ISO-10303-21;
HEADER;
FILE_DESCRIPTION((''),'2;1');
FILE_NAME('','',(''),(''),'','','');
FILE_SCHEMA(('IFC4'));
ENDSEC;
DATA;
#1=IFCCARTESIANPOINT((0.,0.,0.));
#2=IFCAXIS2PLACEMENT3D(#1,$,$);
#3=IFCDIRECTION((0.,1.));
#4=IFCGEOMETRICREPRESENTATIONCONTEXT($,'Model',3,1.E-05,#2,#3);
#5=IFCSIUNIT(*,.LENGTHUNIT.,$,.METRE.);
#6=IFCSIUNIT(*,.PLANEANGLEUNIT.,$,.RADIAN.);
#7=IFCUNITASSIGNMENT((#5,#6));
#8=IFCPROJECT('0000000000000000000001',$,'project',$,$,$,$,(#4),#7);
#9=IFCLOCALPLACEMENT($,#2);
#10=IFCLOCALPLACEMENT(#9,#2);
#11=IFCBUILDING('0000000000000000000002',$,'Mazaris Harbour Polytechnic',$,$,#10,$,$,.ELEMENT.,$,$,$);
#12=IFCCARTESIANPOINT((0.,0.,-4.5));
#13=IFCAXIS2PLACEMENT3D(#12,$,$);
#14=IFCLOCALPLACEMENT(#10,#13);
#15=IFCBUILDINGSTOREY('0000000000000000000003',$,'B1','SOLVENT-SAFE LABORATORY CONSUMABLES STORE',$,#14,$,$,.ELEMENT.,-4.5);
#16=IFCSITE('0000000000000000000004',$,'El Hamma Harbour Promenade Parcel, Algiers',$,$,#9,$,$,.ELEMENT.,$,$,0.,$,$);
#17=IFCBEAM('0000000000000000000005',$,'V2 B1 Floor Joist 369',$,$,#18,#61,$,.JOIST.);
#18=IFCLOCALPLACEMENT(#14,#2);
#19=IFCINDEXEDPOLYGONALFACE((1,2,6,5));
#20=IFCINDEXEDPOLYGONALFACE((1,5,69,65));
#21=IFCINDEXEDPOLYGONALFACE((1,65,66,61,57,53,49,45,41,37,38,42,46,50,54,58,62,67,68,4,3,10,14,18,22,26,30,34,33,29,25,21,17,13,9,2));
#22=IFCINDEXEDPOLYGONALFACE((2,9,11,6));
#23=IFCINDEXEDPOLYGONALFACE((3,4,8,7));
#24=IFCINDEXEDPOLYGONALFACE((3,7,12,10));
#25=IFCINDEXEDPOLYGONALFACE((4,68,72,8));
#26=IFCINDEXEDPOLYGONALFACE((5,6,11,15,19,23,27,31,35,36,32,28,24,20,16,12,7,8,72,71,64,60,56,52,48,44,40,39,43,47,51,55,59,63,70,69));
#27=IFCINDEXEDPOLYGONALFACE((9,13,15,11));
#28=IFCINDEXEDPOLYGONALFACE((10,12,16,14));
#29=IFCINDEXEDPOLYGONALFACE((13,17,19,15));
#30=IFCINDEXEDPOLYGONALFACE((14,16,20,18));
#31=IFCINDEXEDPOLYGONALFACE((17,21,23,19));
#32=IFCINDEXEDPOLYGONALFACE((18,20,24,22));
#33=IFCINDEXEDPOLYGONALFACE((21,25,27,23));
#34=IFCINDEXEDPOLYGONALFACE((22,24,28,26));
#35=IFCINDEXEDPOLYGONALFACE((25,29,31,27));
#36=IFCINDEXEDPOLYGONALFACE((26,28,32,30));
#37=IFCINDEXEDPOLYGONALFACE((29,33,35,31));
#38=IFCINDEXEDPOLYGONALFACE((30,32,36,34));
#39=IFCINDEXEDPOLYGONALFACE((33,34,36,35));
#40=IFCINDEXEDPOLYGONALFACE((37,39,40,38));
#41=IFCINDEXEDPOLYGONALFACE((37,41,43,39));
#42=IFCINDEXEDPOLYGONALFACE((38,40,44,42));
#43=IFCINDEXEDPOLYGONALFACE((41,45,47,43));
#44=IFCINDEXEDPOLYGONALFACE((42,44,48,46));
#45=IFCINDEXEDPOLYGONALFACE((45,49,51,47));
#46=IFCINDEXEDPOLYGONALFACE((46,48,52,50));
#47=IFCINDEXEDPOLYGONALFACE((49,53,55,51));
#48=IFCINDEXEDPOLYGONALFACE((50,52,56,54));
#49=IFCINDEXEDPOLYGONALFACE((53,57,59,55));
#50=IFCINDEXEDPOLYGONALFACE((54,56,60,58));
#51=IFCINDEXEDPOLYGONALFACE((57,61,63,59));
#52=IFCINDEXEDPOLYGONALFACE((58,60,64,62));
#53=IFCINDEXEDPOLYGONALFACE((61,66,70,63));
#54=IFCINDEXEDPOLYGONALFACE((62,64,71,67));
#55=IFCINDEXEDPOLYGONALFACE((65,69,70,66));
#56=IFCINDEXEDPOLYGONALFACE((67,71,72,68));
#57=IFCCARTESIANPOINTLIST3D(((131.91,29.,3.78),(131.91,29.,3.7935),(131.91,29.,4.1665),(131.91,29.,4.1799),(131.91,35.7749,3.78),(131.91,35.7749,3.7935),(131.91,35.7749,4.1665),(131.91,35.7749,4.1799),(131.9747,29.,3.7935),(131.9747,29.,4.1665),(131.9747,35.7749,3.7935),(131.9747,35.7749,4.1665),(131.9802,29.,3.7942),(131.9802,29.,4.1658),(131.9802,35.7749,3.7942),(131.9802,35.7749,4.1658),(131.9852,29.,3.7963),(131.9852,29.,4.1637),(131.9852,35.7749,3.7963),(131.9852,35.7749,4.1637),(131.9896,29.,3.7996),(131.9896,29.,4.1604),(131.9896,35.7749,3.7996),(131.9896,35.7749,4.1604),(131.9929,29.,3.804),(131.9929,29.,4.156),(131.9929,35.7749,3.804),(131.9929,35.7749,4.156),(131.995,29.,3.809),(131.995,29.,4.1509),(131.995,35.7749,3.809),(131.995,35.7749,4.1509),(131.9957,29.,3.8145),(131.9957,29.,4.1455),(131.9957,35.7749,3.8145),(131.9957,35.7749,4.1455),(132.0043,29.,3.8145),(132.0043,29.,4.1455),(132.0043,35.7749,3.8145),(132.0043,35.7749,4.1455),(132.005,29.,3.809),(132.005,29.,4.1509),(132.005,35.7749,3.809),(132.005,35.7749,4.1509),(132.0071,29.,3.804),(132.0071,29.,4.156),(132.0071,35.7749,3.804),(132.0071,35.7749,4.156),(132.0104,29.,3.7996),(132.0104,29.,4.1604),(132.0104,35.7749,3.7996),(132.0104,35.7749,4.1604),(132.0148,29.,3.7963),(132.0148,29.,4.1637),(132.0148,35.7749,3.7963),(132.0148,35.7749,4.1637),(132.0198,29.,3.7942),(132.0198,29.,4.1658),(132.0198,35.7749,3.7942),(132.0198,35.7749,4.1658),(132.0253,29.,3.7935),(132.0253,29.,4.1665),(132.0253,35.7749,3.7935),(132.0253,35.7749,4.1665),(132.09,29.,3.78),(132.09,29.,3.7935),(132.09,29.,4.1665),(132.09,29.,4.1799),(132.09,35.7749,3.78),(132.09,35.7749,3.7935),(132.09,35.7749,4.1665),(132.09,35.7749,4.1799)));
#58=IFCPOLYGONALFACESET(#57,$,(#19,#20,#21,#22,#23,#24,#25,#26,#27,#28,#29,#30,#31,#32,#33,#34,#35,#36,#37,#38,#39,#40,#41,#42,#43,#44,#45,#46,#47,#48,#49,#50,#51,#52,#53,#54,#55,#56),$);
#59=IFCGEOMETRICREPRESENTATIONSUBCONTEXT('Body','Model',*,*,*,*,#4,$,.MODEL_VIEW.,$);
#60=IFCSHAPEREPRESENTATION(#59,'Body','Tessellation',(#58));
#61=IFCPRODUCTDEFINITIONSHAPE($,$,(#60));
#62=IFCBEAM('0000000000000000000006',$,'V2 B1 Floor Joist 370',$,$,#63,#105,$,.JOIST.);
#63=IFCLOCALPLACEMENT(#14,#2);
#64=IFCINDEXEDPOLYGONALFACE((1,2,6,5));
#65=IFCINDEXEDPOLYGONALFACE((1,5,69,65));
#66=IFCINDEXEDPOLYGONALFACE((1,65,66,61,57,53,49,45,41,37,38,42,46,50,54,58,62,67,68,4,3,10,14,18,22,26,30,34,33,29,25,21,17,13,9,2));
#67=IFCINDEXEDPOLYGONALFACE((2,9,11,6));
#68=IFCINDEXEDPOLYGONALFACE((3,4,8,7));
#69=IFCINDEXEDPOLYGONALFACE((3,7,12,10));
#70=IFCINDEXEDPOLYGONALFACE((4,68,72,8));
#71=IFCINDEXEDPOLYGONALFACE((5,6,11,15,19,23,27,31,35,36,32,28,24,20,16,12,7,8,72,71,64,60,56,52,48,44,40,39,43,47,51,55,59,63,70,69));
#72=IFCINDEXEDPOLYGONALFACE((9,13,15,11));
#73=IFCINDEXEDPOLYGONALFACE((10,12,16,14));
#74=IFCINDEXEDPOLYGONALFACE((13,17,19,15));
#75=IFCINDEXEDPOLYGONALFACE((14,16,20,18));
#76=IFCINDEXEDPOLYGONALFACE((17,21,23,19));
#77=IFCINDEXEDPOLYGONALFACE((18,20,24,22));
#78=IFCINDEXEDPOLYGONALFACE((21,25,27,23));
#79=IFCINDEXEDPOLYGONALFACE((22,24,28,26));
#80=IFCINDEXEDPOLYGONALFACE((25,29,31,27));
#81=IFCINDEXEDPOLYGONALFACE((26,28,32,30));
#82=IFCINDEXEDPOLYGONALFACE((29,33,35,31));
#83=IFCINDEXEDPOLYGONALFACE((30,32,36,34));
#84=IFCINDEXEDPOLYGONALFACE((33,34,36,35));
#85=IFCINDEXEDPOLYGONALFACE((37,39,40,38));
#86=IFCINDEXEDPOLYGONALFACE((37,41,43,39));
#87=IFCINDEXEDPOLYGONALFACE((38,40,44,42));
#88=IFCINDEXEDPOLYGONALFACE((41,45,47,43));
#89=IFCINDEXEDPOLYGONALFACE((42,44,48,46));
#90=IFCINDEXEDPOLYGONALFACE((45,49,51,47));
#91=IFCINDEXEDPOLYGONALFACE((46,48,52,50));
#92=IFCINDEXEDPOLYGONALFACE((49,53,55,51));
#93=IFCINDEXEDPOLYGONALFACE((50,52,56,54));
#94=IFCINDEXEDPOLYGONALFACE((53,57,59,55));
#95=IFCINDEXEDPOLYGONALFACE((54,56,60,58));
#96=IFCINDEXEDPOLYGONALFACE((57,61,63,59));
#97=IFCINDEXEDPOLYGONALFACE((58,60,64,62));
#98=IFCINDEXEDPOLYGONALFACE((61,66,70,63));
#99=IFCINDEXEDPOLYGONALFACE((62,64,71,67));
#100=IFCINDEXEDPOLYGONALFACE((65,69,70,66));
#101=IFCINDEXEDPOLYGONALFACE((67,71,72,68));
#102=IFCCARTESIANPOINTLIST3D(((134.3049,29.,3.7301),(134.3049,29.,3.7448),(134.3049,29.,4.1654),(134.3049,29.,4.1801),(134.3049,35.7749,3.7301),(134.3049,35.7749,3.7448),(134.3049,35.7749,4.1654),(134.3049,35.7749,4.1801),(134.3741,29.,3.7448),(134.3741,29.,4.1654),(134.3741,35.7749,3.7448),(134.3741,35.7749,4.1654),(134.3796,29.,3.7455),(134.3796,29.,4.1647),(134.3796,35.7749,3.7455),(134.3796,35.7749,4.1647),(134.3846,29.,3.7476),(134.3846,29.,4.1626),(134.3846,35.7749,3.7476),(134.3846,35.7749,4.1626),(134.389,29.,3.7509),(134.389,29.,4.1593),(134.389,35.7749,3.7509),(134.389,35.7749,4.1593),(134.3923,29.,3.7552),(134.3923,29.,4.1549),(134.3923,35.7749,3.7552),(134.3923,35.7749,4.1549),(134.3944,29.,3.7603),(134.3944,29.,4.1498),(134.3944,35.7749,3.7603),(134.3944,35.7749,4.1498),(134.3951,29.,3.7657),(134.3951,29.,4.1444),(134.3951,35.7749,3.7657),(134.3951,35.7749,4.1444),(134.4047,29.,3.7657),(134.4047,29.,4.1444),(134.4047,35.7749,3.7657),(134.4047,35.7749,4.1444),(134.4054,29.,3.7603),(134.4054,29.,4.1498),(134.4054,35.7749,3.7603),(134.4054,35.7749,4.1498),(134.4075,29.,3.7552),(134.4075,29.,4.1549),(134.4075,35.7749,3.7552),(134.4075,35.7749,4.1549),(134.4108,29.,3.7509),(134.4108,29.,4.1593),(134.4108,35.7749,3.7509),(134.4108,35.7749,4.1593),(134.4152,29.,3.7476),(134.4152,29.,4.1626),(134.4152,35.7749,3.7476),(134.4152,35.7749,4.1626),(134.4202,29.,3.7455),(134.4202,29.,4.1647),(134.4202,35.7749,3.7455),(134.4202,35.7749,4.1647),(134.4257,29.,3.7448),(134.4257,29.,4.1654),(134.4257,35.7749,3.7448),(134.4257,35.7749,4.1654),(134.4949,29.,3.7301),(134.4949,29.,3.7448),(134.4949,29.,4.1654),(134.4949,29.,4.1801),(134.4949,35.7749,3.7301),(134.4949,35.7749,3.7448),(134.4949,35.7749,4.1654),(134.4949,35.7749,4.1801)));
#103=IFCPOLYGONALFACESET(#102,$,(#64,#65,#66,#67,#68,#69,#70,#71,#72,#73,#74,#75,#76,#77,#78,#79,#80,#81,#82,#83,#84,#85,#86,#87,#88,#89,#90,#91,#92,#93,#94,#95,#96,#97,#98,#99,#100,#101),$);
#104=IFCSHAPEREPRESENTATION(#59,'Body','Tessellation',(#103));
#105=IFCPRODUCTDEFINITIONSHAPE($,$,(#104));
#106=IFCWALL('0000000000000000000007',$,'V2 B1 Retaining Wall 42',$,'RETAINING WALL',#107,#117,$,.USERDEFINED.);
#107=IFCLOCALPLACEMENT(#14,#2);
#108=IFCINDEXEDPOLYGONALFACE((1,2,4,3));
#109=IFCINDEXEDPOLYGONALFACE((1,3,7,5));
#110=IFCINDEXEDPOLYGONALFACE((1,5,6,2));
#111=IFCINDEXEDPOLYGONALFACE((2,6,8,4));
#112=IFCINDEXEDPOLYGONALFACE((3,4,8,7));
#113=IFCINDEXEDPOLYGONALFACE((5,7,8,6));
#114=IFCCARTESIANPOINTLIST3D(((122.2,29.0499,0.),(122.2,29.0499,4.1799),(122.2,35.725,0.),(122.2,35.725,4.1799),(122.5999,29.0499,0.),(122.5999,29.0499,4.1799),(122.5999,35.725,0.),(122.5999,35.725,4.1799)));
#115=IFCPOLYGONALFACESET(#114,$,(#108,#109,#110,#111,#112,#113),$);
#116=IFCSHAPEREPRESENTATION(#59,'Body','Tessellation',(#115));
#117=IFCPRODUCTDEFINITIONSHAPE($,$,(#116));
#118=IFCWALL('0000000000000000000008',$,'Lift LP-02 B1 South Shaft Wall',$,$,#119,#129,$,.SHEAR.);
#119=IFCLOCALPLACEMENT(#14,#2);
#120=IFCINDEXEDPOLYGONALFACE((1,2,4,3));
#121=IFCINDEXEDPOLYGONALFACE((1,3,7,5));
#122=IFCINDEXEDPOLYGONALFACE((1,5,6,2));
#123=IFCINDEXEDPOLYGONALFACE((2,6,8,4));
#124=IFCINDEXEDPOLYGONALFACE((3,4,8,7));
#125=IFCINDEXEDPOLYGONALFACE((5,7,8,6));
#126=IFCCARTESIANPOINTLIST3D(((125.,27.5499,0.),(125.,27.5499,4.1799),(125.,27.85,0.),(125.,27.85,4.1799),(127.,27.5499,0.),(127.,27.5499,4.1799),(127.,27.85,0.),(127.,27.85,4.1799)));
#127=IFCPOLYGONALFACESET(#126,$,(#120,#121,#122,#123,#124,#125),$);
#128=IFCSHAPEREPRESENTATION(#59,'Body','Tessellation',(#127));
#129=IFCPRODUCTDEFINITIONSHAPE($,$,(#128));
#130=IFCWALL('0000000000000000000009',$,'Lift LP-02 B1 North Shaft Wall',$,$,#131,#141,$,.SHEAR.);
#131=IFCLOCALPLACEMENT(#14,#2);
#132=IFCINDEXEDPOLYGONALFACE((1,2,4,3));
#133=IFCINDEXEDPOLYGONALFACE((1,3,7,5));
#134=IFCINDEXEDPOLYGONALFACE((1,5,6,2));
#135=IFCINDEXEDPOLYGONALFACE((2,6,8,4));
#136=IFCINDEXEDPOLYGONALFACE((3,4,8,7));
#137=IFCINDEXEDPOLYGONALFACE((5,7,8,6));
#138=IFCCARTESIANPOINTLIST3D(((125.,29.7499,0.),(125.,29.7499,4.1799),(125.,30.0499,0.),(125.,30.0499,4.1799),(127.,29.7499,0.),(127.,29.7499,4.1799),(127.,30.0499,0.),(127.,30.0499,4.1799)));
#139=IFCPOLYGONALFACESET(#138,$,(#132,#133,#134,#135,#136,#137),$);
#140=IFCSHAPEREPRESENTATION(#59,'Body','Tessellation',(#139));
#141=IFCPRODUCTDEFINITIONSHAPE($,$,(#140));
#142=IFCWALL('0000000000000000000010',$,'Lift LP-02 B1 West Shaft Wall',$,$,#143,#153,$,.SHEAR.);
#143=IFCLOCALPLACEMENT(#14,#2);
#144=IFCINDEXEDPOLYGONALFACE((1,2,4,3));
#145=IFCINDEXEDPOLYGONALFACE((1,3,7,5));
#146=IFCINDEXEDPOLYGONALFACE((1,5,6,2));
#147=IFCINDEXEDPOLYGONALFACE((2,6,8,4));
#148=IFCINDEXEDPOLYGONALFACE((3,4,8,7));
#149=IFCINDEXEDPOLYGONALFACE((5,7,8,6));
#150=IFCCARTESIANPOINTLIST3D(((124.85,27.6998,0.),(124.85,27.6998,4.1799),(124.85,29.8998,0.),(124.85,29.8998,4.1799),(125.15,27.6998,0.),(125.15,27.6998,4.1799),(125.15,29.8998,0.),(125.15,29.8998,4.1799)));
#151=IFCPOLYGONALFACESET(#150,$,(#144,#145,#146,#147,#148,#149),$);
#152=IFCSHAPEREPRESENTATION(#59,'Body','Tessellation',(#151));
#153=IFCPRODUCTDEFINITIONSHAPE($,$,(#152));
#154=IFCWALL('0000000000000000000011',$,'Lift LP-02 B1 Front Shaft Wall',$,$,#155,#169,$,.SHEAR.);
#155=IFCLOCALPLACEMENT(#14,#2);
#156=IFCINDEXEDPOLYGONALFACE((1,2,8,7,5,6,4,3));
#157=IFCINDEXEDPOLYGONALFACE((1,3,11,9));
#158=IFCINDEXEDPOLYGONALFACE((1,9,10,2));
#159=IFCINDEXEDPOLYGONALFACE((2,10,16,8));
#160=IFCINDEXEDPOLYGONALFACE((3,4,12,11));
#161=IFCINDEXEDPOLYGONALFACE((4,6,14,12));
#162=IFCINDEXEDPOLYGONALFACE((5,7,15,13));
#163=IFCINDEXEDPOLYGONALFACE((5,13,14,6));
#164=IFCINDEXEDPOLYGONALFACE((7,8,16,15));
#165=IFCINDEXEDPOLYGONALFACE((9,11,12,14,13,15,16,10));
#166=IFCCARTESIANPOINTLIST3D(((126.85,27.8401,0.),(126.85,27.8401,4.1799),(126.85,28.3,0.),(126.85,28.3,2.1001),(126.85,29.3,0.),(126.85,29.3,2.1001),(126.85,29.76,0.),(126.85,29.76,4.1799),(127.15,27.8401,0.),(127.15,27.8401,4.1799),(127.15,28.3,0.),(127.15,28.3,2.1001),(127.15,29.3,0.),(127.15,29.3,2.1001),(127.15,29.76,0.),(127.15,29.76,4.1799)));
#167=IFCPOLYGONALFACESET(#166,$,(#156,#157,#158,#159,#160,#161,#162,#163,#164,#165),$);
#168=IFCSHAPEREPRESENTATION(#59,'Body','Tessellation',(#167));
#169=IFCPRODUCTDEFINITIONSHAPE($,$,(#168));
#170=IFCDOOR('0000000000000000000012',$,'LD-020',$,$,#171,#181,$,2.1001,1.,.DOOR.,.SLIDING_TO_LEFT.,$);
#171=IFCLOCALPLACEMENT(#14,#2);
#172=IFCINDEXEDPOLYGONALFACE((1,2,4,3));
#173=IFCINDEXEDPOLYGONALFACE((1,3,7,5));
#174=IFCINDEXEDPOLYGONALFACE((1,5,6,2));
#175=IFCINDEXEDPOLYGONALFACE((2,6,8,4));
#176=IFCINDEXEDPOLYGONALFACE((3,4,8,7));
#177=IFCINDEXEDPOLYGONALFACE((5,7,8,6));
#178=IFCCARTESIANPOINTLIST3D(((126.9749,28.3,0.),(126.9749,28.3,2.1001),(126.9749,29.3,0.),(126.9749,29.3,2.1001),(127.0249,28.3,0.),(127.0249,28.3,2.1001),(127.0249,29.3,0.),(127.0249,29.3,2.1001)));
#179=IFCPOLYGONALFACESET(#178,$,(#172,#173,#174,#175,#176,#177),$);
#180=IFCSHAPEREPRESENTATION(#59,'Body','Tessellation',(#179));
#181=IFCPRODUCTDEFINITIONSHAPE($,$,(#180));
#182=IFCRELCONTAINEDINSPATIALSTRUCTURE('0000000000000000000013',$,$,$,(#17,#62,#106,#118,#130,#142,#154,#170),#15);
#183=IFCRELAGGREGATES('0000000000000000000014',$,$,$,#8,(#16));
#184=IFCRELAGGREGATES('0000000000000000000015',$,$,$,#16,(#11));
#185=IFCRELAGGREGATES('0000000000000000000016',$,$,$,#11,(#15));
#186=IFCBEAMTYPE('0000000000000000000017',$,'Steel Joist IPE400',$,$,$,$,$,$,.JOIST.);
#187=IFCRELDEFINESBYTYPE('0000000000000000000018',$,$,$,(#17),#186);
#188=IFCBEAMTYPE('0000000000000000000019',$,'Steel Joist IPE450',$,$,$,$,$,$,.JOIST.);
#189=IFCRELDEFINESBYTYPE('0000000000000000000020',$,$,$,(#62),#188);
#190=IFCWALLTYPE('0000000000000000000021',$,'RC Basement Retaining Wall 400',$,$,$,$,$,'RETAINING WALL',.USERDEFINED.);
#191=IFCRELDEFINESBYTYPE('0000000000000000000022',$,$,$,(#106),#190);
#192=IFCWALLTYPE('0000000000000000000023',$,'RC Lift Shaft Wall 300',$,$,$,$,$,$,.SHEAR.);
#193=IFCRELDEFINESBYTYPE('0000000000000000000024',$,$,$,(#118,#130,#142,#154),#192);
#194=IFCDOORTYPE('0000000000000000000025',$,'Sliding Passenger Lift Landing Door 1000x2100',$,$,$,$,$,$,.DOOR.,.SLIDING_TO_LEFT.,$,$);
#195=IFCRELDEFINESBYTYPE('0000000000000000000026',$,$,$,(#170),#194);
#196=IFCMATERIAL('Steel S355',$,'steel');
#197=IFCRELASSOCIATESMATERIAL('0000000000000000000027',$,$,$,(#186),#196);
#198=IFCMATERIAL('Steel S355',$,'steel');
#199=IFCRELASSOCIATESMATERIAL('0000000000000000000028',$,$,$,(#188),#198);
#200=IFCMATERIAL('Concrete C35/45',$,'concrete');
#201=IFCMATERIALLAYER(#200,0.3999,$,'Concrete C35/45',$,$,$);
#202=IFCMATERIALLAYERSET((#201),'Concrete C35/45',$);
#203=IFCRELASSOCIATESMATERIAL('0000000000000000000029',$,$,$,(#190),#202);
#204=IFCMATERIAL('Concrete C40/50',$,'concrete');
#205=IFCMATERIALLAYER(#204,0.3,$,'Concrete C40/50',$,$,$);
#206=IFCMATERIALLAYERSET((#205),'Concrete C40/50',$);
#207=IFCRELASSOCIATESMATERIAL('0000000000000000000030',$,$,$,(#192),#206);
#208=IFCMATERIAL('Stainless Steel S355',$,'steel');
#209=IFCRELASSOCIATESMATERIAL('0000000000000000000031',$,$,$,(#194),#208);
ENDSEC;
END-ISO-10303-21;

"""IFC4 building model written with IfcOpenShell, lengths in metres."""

from ifc_helpers import new_model, si_unit, direction, frame, frame_2d, origin, origin_2d, place, context, subcontext, project, spatial, rectangle, i_section, extrude, material, layer, layer_set, material_profile, profile_set, type_object, element, fill, save


model = new_model("IFC4")

# Units and contexts
model_context = context("Model", 3, precision=1e-05, world=origin(), true_north=direction((0.0, 1.0)))
body_context = subcontext(model_context, "Body", "Model", "MODEL_VIEW")
ifc_project = project(units=[si_unit("LENGTHUNIT", "METRE"), si_unit("PLANEANGLEUNIT", "RADIAN")], contexts=[model_context])

# Site, building, storey
site_placement = place(None, origin())
site = spatial("IfcSite", under=ifc_project, at=site_placement, Name="El Hamma Harbour Promenade Parcel, Algiers", CompositionType="ELEMENT", RefElevation=0.0)
building_placement = place(site_placement, origin())
building = spatial("IfcBuilding", under=site, at=building_placement, Name="Mazaris Harbour Polytechnic", CompositionType="ELEMENT")
storey_placement = place(building_placement, frame((0.0, 0.0, -4.5)))
storey = spatial("IfcBuildingStorey", under=building, at=storey_placement, Name="B1", Description="SOLVENT-SAFE LABORATORY CONSUMABLES STORE", CompositionType="ELEMENT", Elevation=-4.5)

# Beams
ifc_material_1 = material(Name="Steel S355", Category="steel")
ifc_material_profile_1 = material_profile(ifc_material_1, i_section(OverallWidth=0.1799, OverallDepth=0.3999, WebThickness=0.0085, FlangeThickness=0.0134, FilletRadius=0.021, at=origin_2d()), Name="IPE 400")
ifc_profile_set_1 = profile_set([ifc_material_profile_1], Name="Steel S355")
beam_type_1 = type_object("IfcBeamType", Name="Steel Joist IPE400", PredefinedType="JOIST", material=ifc_profile_set_1)
beam_1_placement = place(storey_placement, frame((132.0, 29.0, 3.98), z_axis=(0.0, 1.0, 0.0), x_axis=(-1.0, 0.0, 0.0)))
element("IfcBeam", 1, at=beam_1_placement, inside=storey, type_object=beam_type_1, Name="V2 B1 Floor Joist 369", PredefinedType="JOIST", context=body_context, shape_type="SweptSolid", body=[
    extrude(i_section(OverallWidth=0.1799, OverallDepth=0.3999, WebThickness=0.0085, FlangeThickness=0.0134, FilletRadius=0.021, at=origin_2d()), origin(), (0.0, 0.0, 1.0), 6.7749),
])
ifc_material_2 = material(Name="Steel S355", Category="steel")
ifc_material_profile_2 = material_profile(ifc_material_2, i_section(OverallWidth=0.1899, OverallDepth=0.45, WebThickness=0.0095, FlangeThickness=0.0146, FilletRadius=0.021, at=origin_2d()), Name="IPE 450")
ifc_profile_set_2 = profile_set([ifc_material_profile_2], Name="Steel S355")
beam_type_2 = type_object("IfcBeamType", Name="Steel Joist IPE450", PredefinedType="JOIST", material=ifc_profile_set_2)
beam_2_placement = place(storey_placement, frame((134.3999, 29.0, 3.9551), z_axis=(0.0, 1.0, 0.0), x_axis=(-1.0, 0.0, 0.0)))
element("IfcBeam", 2, at=beam_2_placement, inside=storey, type_object=beam_type_2, Name="V2 B1 Floor Joist 370", PredefinedType="JOIST", context=body_context, shape_type="SweptSolid", body=[
    extrude(i_section(OverallWidth=0.1899, OverallDepth=0.45, WebThickness=0.0095, FlangeThickness=0.0146, FilletRadius=0.021, at=origin_2d()), origin(), (0.0, 0.0, 1.0), 6.7749),
])

# Walls
ifc_material_3 = material(Name="Concrete C35/45", Category="concrete")
ifc_layer_1 = layer(ifc_material_3, 0.3999, Name="Concrete C35/45")
ifc_layer_set_1 = layer_set([ifc_layer_1], Name="Concrete C35/45")
wall_type_1 = type_object("IfcWallType", Name="RC Basement Retaining Wall 400", ElementType="RETAINING WALL", PredefinedType="USERDEFINED", material=ifc_layer_set_1)
wall_1_placement = place(storey_placement, frame((122.3999, 29.05, 0.0), z_axis=(0.0, 0.0, 1.0), x_axis=(0.0, 1.0, 0.0)))
element("IfcWall", 3, at=wall_1_placement, inside=storey, type_object=wall_type_1, Name="V2 B1 Retaining Wall 42", ObjectType="RETAINING WALL", PredefinedType="USERDEFINED", context=body_context, shape_type="SweptSolid", body=[
    extrude(rectangle(XDim=6.675, YDim=0.3999, at=frame_2d((3.3374, 0.0))), origin(), (0.0, 0.0, 1.0), 4.1799),
])
ifc_material_4 = material(Name="Concrete C40/50", Category="concrete")
ifc_layer_2 = layer(ifc_material_4, 0.3, Name="Concrete C40/50")
ifc_layer_set_2 = layer_set([ifc_layer_2], Name="Concrete C40/50")
wall_type_2 = type_object("IfcWallType", Name="RC Lift Shaft Wall 300", PredefinedType="SHEAR", material=ifc_layer_set_2)
for number, where, z_axis, x_axis, name in (
    (4, (125.0, 27.7, 0.0), (0.0, 0.0, 1.0), (1.0, 0.0, 0.0), "Lift LP-02 B1 South Shaft Wall"),
    (5, (127.0, 29.8999, 0.0), (0.0, 0.0, 1.0), (-1.0, 0.0, 0.0), "Lift LP-02 B1 North Shaft Wall"),
):
    element("IfcWall", number, at=place(storey_placement, frame(where, z_axis=z_axis, x_axis=x_axis)), inside=storey, type_object=wall_type_2, Name=name, PredefinedType="SHEAR", context=body_context, shape_type="SweptSolid", body=[
        extrude(rectangle(XDim=2.0, YDim=0.3, at=frame_2d((1.0, 0.0))), origin(), (0.0, 0.0, 1.0), 4.1799),
    ])
wall_2_placement = place(storey_placement, frame((125.0, 29.8999, 0.0), z_axis=(0.0, 0.0, 1.0), x_axis=(0.0, -1.0, 0.0)))
element("IfcWall", 6, at=wall_2_placement, inside=storey, type_object=wall_type_2, Name="Lift LP-02 B1 West Shaft Wall", PredefinedType="SHEAR", context=body_context, shape_type="SweptSolid", body=[
    extrude(rectangle(XDim=2.2, YDim=0.3, at=frame_2d((1.1001, 0.0))), origin(), (0.0, 0.0, 1.0), 4.1799),
])

# Wall, opening, door
wall_3_placement = place(storey_placement, frame((127.0, 29.76, 0.0), z_axis=(0.0, 0.0, 1.0), x_axis=(0.0, -1.0, 0.0)))
wall_3 = element("IfcWall", 7, at=wall_3_placement, inside=storey, type_object=wall_type_2, Name="Lift LP-02 B1 Front Shaft Wall", PredefinedType="SHEAR", context=body_context, shape_type="SweptSolid", body=[
    extrude(rectangle(XDim=1.9199, YDim=0.3, at=frame_2d((0.96, 0.0))), origin(), (0.0, 0.0, 1.0), 4.1799),
])
opening_placement = place(wall_3_placement, frame((0.46, 0.0, 0.0)))
opening = element("IfcOpeningElement", 8, at=opening_placement, cuts=wall_3, PredefinedType="OPENING", context=body_context, shape_type="SweptSolid", body=[
    extrude(rectangle(XDim=1.0, YDim=2.1001, at=frame_2d((0.5, 1.05))), frame((0.0, 0.1599, 0.0), z_axis=(0.0, -1.0, 0.0), x_axis=(1.0, 0.0, 0.0)), (0.0, 0.0, 1.0), 0.3201),
])
ifc_material_5 = material(Name="Stainless Steel S355", Category="steel")
door_type = type_object("IfcDoorType", Name="Sliding Passenger Lift Landing Door 1000x2100", OperationType="SLIDING_TO_LEFT", PredefinedType="DOOR", material=ifc_material_5)
door_placement = place(opening_placement, origin())
door = element("IfcDoor", 9, at=door_placement, inside=storey, type_object=door_type, Name="LD-020", OperationType="SLIDING_TO_LEFT", OverallHeight=2.1001, OverallWidth=1.0, PredefinedType="DOOR", context=body_context, shape_type="SweptSolid", body=[
    extrude(rectangle(XDim=1.0, YDim=2.1001, at=frame_2d((0.5, 1.05))), frame((0.0, 0.0249, 0.0), z_axis=(0.0, -1.0, 0.0), x_axis=(1.0, 0.0, 0.0)), (0.0, 0.0, 1.0), 0.05),
])
fill(opening, door)

save(model, "model.ifc")
